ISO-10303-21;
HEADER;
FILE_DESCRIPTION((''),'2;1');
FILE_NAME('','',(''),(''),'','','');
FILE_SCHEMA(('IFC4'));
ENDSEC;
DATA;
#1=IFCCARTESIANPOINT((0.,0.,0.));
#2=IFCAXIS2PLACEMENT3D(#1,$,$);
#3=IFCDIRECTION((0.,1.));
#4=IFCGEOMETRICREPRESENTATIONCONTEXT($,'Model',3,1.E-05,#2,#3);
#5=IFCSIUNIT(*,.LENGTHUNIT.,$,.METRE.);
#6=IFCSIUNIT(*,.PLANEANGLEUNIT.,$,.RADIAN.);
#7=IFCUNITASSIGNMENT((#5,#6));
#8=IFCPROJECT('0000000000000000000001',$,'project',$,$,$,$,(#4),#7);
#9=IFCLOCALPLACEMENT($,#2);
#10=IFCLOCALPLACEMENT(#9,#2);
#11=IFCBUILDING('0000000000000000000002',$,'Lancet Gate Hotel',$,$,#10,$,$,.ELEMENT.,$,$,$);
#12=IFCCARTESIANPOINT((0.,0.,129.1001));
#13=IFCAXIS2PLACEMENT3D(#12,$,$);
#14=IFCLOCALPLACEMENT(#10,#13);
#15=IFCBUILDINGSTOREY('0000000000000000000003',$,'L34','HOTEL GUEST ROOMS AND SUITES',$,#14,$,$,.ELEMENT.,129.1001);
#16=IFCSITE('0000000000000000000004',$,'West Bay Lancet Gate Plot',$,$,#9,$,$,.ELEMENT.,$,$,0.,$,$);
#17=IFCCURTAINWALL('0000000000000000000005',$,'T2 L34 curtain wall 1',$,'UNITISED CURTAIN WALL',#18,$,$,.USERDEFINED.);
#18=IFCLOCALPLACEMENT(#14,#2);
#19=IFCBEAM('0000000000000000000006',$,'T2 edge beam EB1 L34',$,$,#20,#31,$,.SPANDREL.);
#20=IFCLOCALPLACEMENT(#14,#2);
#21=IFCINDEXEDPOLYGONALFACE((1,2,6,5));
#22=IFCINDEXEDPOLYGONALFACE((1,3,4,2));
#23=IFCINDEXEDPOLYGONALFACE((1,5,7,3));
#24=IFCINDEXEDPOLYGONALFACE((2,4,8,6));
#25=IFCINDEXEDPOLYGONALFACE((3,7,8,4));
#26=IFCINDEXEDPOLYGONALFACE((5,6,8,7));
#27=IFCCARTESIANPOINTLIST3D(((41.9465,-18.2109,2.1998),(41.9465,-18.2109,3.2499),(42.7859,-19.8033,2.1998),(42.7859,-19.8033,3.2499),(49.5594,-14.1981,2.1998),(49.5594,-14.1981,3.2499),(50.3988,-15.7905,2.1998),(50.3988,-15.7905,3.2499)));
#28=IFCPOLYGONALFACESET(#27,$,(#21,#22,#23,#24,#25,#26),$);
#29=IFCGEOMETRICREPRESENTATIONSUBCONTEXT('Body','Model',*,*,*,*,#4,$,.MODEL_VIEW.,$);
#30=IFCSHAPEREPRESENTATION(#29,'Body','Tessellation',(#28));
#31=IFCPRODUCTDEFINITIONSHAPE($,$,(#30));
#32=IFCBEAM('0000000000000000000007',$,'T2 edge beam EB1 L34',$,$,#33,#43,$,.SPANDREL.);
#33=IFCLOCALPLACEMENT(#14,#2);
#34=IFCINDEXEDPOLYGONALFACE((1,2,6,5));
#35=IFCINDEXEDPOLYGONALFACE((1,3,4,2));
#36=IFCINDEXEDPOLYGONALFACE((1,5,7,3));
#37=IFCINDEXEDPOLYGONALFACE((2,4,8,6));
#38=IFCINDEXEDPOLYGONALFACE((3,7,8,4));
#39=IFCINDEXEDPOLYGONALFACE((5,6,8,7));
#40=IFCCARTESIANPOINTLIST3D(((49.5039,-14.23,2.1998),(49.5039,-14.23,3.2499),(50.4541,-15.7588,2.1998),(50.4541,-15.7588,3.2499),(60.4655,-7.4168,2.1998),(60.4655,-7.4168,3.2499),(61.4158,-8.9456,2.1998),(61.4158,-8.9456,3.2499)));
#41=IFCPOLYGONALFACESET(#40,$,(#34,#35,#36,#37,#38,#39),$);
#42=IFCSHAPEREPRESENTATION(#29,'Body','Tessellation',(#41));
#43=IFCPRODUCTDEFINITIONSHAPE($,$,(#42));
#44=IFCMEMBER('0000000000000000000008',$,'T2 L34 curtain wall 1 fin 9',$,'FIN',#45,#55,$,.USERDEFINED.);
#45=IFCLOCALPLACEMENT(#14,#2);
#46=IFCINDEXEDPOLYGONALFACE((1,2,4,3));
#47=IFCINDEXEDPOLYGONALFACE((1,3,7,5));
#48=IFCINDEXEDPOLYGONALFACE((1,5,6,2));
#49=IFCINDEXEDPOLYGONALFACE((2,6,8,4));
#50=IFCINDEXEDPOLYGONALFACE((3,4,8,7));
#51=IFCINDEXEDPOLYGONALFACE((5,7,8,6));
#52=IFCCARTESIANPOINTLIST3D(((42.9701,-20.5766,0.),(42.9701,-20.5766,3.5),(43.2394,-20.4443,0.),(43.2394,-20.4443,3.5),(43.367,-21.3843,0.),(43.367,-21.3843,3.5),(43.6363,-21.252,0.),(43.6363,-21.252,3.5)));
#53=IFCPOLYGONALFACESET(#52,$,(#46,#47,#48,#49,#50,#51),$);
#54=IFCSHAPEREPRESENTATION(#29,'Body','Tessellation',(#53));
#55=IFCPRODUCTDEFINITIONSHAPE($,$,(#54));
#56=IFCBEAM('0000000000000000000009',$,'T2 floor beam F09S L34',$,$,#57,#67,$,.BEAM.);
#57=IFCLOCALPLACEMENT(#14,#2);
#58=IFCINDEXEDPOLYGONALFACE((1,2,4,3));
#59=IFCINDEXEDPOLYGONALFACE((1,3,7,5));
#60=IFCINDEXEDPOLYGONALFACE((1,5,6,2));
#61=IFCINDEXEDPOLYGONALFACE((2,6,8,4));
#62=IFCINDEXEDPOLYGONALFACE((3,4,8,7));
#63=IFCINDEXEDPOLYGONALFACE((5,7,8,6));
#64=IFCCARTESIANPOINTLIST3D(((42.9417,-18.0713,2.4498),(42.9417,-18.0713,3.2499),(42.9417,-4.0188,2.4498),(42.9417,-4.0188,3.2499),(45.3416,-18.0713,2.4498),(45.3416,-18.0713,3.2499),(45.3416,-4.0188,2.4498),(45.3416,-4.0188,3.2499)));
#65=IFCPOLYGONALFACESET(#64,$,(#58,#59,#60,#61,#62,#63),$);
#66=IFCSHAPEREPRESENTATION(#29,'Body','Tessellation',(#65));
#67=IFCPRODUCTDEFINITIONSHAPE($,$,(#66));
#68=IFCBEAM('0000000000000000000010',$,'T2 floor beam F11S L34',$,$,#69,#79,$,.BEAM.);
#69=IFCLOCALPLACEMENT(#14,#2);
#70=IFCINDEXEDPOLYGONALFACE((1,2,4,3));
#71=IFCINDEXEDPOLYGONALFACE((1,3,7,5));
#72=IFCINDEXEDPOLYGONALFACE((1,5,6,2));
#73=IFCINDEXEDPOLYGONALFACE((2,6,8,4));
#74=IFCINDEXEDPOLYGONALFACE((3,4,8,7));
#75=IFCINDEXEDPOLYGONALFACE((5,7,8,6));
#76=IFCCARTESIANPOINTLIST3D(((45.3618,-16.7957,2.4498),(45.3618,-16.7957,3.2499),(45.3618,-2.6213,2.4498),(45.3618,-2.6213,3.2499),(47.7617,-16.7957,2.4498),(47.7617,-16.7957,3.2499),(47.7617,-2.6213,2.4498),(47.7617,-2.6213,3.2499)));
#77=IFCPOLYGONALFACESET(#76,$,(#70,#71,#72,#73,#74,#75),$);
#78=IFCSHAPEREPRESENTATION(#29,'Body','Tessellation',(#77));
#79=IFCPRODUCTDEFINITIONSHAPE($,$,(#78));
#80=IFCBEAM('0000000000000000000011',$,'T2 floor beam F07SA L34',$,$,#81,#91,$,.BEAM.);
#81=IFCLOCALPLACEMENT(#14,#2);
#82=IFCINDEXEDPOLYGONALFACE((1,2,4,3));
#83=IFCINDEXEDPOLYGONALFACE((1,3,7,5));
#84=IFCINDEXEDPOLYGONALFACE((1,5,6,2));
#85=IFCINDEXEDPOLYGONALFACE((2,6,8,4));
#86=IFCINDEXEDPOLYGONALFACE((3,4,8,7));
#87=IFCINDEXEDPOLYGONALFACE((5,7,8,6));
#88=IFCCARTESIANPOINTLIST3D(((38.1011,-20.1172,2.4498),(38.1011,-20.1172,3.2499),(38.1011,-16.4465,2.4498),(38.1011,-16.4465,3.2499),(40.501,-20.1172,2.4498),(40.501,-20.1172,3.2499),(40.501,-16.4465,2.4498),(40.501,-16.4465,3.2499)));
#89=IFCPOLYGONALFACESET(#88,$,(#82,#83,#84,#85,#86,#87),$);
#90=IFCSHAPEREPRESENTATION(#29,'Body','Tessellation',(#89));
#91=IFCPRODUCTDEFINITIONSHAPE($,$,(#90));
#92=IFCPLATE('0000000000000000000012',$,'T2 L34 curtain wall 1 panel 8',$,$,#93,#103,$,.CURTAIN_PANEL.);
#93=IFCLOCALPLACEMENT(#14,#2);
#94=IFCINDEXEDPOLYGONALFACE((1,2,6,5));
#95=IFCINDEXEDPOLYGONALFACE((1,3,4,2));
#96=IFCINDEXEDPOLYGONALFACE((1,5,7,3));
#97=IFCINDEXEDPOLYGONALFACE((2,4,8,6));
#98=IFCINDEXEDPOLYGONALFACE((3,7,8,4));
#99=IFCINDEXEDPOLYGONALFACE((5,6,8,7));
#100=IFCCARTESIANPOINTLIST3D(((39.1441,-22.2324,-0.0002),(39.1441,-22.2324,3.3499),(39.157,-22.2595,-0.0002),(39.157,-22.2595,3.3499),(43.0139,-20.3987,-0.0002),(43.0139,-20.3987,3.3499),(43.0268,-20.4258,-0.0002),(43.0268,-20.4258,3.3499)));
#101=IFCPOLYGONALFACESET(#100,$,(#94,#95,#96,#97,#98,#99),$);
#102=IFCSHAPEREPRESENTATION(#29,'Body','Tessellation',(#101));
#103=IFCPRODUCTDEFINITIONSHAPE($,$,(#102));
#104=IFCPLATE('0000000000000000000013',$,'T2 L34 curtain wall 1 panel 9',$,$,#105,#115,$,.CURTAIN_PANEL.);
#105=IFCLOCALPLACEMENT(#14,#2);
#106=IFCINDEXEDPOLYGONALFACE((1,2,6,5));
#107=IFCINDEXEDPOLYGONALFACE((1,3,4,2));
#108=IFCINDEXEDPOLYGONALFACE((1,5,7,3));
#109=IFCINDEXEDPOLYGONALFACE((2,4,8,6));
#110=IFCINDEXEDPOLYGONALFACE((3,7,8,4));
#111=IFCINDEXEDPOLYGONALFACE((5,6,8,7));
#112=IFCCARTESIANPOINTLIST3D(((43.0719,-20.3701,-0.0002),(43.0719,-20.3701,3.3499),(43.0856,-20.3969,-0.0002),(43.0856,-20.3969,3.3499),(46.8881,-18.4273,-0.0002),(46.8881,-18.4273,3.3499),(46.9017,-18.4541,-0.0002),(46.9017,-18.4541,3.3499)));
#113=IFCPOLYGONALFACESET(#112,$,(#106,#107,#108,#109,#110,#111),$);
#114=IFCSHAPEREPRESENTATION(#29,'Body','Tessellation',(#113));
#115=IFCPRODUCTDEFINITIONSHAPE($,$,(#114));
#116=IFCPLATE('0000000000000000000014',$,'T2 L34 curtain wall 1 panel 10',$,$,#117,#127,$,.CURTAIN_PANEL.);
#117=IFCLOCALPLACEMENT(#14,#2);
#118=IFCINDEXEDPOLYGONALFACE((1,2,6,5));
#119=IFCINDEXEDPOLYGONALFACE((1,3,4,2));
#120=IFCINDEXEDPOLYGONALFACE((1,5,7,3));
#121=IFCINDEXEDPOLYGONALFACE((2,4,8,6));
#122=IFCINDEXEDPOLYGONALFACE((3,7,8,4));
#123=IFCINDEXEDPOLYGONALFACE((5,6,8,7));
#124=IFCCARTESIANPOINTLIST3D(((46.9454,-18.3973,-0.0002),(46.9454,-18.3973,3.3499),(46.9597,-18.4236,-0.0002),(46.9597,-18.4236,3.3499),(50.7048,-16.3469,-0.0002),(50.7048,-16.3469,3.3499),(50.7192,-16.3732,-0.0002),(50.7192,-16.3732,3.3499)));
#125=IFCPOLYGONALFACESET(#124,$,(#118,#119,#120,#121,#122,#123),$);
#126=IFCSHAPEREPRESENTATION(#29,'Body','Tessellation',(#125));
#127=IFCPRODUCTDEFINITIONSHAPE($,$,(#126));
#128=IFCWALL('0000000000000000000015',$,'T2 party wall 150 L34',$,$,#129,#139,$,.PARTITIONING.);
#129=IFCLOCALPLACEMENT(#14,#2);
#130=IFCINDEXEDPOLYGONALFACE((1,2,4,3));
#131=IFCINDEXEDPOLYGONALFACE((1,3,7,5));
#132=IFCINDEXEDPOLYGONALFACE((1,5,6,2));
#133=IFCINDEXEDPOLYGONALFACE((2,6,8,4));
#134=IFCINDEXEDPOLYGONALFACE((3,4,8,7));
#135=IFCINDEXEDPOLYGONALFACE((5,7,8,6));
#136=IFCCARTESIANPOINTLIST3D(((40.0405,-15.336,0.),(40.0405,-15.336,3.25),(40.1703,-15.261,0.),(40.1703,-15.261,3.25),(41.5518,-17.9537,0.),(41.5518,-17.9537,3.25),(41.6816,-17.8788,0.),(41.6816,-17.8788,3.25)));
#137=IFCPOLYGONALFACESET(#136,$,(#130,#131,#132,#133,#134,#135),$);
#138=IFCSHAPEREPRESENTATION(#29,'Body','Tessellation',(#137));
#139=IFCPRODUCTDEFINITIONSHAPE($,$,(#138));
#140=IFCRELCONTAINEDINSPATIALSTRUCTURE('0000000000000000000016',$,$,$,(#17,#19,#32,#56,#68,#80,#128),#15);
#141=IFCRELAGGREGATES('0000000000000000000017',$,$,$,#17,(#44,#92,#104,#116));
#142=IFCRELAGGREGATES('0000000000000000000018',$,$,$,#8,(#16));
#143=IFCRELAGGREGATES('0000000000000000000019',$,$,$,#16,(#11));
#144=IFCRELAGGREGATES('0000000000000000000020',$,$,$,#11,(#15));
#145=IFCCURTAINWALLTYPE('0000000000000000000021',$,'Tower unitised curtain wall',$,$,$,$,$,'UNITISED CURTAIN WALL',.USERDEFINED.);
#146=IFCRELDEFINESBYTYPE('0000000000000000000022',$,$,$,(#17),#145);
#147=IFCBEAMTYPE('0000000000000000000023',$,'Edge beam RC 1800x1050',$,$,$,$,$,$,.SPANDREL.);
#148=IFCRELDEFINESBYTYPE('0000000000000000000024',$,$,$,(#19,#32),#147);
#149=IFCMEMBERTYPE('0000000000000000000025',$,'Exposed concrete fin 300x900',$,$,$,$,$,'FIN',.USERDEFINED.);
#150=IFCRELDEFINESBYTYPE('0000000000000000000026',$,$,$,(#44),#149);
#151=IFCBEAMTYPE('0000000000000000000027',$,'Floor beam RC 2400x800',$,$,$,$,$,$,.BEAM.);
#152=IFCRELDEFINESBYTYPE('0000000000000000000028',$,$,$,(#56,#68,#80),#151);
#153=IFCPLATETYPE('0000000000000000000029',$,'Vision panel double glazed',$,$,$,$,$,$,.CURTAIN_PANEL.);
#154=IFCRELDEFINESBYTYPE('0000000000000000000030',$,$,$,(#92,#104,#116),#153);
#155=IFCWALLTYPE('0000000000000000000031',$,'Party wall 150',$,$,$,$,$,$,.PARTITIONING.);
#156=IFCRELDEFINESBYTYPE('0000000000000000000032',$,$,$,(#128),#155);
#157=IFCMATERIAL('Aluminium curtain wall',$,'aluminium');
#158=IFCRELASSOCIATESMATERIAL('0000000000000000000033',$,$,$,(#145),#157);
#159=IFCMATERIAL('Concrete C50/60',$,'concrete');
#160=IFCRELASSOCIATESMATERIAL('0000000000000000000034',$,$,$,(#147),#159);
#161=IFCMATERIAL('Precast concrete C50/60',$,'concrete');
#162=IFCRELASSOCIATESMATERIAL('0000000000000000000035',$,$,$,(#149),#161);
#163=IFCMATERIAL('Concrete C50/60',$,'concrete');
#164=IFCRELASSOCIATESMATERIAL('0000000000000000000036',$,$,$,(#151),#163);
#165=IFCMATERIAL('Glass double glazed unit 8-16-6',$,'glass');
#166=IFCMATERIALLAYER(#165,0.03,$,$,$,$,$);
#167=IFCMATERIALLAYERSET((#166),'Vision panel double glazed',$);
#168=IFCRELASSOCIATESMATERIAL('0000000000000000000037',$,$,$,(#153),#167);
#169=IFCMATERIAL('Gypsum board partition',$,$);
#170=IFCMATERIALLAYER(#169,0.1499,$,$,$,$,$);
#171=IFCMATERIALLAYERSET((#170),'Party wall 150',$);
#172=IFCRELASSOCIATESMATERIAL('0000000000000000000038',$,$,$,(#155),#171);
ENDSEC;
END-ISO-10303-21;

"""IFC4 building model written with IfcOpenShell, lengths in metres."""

from ifc_helpers import new_model, si_unit, direction, frame, frame_2d, origin, origin_2d, place, context, subcontext, project, spatial, rectangle, extrude, material, layer, layer_set, material_profile, profile_set, type_object, element, aggregate, save


model = new_model("IFC4")

# Units and contexts
model_context = context("Model", 3, precision=1e-05, world=origin(), true_north=direction((0.0, 1.0)))
body_context = subcontext(model_context, "Body", "Model", "MODEL_VIEW")
ifc_project = project(units=[si_unit("LENGTHUNIT", "METRE"), si_unit("PLANEANGLEUNIT", "RADIAN")], contexts=[model_context])

# Site, building, storey
site_placement = place(None, origin())
site = spatial("IfcSite", under=ifc_project, at=site_placement, Name="West Bay Lancet Gate Plot", CompositionType="ELEMENT", RefElevation=0.0)
building_placement = place(site_placement, origin())
building = spatial("IfcBuilding", under=site, at=building_placement, Name="Lancet Gate Hotel", CompositionType="ELEMENT")
storey_placement = place(building_placement, frame((0.0, 0.0, 129.1001)))
storey = spatial("IfcBuildingStorey", under=building, at=storey_placement, Name="L34", Description="HOTEL GUEST ROOMS AND SUITES", CompositionType="ELEMENT", Elevation=129.1001)

# Curtain wall
ifc_material_1 = material(Name="Aluminium curtain wall", Category="aluminium")
curtain_wall_type = type_object("IfcCurtainWallType", Name="Tower unitised curtain wall", ElementType="UNITISED CURTAIN WALL", PredefinedType="USERDEFINED", material=ifc_material_1)
curtain_wall_placement = place(storey_placement, origin())
curtain_wall = element("IfcCurtainWall", 1, at=curtain_wall_placement, inside=storey, type_object=curtain_wall_type, Name="T2 L34 curtain wall 1", ObjectType="UNITISED CURTAIN WALL", PredefinedType="USERDEFINED")

# Beams
ifc_material_2 = material(Name="Concrete C50/60", Category="concrete")
ifc_material_profile_1 = material_profile(ifc_material_2, rectangle(XDim=1.8, YDim=1.05, at=origin_2d()), Name="RC 1800x1050")
ifc_profile_set_1 = profile_set([ifc_material_profile_1], Name="Concrete C50/60")
beam_type_1 = type_object("IfcBeamType", Name="Edge beam RC 1800x1050", PredefinedType="SPANDREL", material=ifc_profile_set_1)
beam_1_placement = place(storey_placement, frame((42.3662, -19.0071, 2.7249), z_axis=(0.884633, 0.466289, 0.0), x_axis=(-0.466289, 0.884633, 0.0)))
element("IfcBeam", 2, at=beam_1_placement, inside=storey, type_object=beam_type_1, Name="T2 edge beam EB1 L34", PredefinedType="SPANDREL", context=body_context, shape_type="SweptSolid", body=[
    extrude(rectangle(XDim=1.8, YDim=1.05, at=origin_2d()), origin(), (0.0, 0.0, 1.0), 8.6057),
])
beam_2_placement = place(storey_placement, frame((49.979, -14.9944, 2.7249), z_axis=(0.849312, 0.527891, 0.0), x_axis=(-0.527891, 0.849312, 0.0)))
element("IfcBeam", 3, at=beam_2_placement, inside=storey, type_object=beam_type_1, Name="T2 edge beam EB1 L34", PredefinedType="SPANDREL", context=body_context, shape_type="SweptSolid", body=[
    extrude(rectangle(XDim=1.8, YDim=1.05, at=origin_2d()), origin(), (0.0, 0.0, 1.0), 12.9065),
])

# Member
ifc_material_3 = material(Name="Precast concrete C50/60", Category="concrete")
ifc_material_profile_2 = material_profile(ifc_material_3, rectangle(XDim=0.3, YDim=0.8999, at=origin_2d()), Name="FIN 300x900")
ifc_profile_set_2 = profile_set([ifc_material_profile_2], Name="Precast concrete C50/60")
member_type_1 = type_object("IfcMemberType", Name="Exposed concrete fin 300x900", ElementType="FIN", PredefinedType="USERDEFINED", material=ifc_profile_set_2)
member_1_placement = place(storey_placement, frame((43.3032, -20.9143, 0.0), z_axis=(0.0, 0.0, 1.0), x_axis=(0.897512, 0.44099, 0.0)))
member_1 = element("IfcMember", 4, at=member_1_placement, type_object=member_type_1, Name="T2 L34 curtain wall 1 fin 9", ObjectType="FIN", PredefinedType="USERDEFINED", context=body_context, shape_type="SweptSolid", body=[
    extrude(rectangle(XDim=0.3, YDim=0.8999, at=origin_2d()), origin(), (0.0, 0.0, 1.0), 3.5),
])

# Beams
ifc_material_4 = material(Name="Concrete C50/60", Category="concrete")
ifc_material_profile_3 = material_profile(ifc_material_4, rectangle(XDim=2.3999, YDim=0.8, at=origin_2d()), Name="RC 2400x800")
ifc_profile_set_3 = profile_set([ifc_material_profile_3], Name="Concrete C50/60")
beam_type_2 = type_object("IfcBeamType", Name="Floor beam RC 2400x800", PredefinedType="BEAM", material=ifc_profile_set_3)
beam_3_placement = place(storey_placement, frame((44.1416, -18.0713, 2.8499), z_axis=(0.0, 1.0, 0.0), x_axis=(-1.0, 0.0, 0.0)))
element("IfcBeam", 5, at=beam_3_placement, inside=storey, type_object=beam_type_2, Name="T2 floor beam F09S L34", PredefinedType="BEAM", context=body_context, shape_type="SweptSolid", body=[
    extrude(rectangle(XDim=2.3999, YDim=0.8, at=origin_2d()), origin(), (0.0, 0.0, 1.0), 14.0525),
])
beam_4_placement = place(storey_placement, frame((46.5618, -16.7957, 2.8499), z_axis=(0.0, 1.0, 0.0), x_axis=(-1.0, 0.0, 0.0)))
element("IfcBeam", 6, at=beam_4_placement, inside=storey, type_object=beam_type_2, Name="T2 floor beam F11S L34", PredefinedType="BEAM", context=body_context, shape_type="SweptSolid", body=[
    extrude(rectangle(XDim=2.3999, YDim=0.8, at=origin_2d()), origin(), (0.0, 0.0, 1.0), 14.1743),
])
beam_5_placement = place(storey_placement, frame((39.301, -20.1172, 2.8499), z_axis=(0.0, 1.0, 0.0), x_axis=(-1.0, 0.0, 0.0)))
element("IfcBeam", 7, at=beam_5_placement, inside=storey, type_object=beam_type_2, Name="T2 floor beam F07SA L34", PredefinedType="BEAM", context=body_context, shape_type="SweptSolid", body=[
    extrude(rectangle(XDim=2.3999, YDim=0.8, at=origin_2d()), origin(), (0.0, 0.0, 1.0), 3.6707),
])

# Plates
ifc_material_5 = material(Name="Glass double glazed unit 8-16-6", Category="glass")
ifc_layer_1 = layer(ifc_material_5, 0.03)
ifc_layer_set_1 = layer_set([ifc_layer_1], Name="Vision panel double glazed")
plate_type = type_object("IfcPlateType", Name="Vision panel double glazed", PredefinedType="CURTAIN_PANEL", material=ifc_layer_set_1)
plate_1_placement = place(storey_placement, frame((41.0854, -21.3291, -0.0002), z_axis=(0.0, 0.0, 1.0), x_axis=(0.903683, 0.428201, 0.0)))
plate_1 = element("IfcPlate", 8, at=plate_1_placement, type_object=plate_type, Name="T2 L34 curtain wall 1 panel 8", PredefinedType="CURTAIN_PANEL", context=body_context, shape_type="SweptSolid", body=[
    extrude(rectangle(XDim=4.2822, YDim=0.03, at=origin_2d()), origin(), (0.0, 0.0, 1.0), 3.3501),
])
plate_2_placement = place(storey_placement, frame((44.9868, -19.4121, -0.0002), z_axis=(0.0, 0.0, 1.0), x_axis=(0.891159, 0.45369, 0.0)))
plate_2 = element("IfcPlate", 9, at=plate_2_placement, type_object=plate_type, Name="T2 L34 curtain wall 1 panel 9", PredefinedType="CURTAIN_PANEL", context=body_context, shape_type="SweptSolid", body=[
    extrude(rectangle(XDim=4.2822, YDim=0.03, at=origin_2d()), origin(), (0.0, 0.0, 1.0), 3.3501),
])
plate_3_placement = place(storey_placement, frame((48.8323, -17.3853, -0.0002), z_axis=(0.0, 0.0, 1.0), x_axis=(0.877916, 0.478814, 0.0)))
plate_3 = element("IfcPlate", 10, at=plate_3_placement, type_object=plate_type, Name="T2 L34 curtain wall 1 panel 10", PredefinedType="CURTAIN_PANEL", context=body_context, shape_type="SweptSolid", body=[
    extrude(rectangle(XDim=4.2822, YDim=0.03, at=origin_2d()), origin(), (0.0, 0.0, 1.0), 3.3501),
])
aggregate(curtain_wall, [member_1, plate_1, plate_2, plate_3])

# Wall
ifc_material_6 = material(Name="Gypsum board partition")
ifc_layer_2 = layer(ifc_material_6, 0.1499)
ifc_layer_set_2 = layer_set([ifc_layer_2], Name="Party wall 150")
wall_type = type_object("IfcWallType", Name="Party wall 150", PredefinedType="PARTITIONING", material=ifc_layer_set_2)
wall_placement = place(storey_placement, frame((40.1055, -15.2986, 0.0), z_axis=(0.0, 0.0, 1.0), x_axis=(0.499979, -0.866038, 0.0)))
element("IfcWall", 11, at=wall_placement, inside=storey, type_object=wall_type, Name="T2 party wall 150 L34", PredefinedType="PARTITIONING", context=body_context, shape_type="SweptSolid", body=[
    extrude(rectangle(XDim=3.0227, YDim=0.1499, at=frame_2d((1.5112, 0.0))), origin(), (0.0, 0.0, 1.0), 3.25),
])

save(model, "model.ifc")
